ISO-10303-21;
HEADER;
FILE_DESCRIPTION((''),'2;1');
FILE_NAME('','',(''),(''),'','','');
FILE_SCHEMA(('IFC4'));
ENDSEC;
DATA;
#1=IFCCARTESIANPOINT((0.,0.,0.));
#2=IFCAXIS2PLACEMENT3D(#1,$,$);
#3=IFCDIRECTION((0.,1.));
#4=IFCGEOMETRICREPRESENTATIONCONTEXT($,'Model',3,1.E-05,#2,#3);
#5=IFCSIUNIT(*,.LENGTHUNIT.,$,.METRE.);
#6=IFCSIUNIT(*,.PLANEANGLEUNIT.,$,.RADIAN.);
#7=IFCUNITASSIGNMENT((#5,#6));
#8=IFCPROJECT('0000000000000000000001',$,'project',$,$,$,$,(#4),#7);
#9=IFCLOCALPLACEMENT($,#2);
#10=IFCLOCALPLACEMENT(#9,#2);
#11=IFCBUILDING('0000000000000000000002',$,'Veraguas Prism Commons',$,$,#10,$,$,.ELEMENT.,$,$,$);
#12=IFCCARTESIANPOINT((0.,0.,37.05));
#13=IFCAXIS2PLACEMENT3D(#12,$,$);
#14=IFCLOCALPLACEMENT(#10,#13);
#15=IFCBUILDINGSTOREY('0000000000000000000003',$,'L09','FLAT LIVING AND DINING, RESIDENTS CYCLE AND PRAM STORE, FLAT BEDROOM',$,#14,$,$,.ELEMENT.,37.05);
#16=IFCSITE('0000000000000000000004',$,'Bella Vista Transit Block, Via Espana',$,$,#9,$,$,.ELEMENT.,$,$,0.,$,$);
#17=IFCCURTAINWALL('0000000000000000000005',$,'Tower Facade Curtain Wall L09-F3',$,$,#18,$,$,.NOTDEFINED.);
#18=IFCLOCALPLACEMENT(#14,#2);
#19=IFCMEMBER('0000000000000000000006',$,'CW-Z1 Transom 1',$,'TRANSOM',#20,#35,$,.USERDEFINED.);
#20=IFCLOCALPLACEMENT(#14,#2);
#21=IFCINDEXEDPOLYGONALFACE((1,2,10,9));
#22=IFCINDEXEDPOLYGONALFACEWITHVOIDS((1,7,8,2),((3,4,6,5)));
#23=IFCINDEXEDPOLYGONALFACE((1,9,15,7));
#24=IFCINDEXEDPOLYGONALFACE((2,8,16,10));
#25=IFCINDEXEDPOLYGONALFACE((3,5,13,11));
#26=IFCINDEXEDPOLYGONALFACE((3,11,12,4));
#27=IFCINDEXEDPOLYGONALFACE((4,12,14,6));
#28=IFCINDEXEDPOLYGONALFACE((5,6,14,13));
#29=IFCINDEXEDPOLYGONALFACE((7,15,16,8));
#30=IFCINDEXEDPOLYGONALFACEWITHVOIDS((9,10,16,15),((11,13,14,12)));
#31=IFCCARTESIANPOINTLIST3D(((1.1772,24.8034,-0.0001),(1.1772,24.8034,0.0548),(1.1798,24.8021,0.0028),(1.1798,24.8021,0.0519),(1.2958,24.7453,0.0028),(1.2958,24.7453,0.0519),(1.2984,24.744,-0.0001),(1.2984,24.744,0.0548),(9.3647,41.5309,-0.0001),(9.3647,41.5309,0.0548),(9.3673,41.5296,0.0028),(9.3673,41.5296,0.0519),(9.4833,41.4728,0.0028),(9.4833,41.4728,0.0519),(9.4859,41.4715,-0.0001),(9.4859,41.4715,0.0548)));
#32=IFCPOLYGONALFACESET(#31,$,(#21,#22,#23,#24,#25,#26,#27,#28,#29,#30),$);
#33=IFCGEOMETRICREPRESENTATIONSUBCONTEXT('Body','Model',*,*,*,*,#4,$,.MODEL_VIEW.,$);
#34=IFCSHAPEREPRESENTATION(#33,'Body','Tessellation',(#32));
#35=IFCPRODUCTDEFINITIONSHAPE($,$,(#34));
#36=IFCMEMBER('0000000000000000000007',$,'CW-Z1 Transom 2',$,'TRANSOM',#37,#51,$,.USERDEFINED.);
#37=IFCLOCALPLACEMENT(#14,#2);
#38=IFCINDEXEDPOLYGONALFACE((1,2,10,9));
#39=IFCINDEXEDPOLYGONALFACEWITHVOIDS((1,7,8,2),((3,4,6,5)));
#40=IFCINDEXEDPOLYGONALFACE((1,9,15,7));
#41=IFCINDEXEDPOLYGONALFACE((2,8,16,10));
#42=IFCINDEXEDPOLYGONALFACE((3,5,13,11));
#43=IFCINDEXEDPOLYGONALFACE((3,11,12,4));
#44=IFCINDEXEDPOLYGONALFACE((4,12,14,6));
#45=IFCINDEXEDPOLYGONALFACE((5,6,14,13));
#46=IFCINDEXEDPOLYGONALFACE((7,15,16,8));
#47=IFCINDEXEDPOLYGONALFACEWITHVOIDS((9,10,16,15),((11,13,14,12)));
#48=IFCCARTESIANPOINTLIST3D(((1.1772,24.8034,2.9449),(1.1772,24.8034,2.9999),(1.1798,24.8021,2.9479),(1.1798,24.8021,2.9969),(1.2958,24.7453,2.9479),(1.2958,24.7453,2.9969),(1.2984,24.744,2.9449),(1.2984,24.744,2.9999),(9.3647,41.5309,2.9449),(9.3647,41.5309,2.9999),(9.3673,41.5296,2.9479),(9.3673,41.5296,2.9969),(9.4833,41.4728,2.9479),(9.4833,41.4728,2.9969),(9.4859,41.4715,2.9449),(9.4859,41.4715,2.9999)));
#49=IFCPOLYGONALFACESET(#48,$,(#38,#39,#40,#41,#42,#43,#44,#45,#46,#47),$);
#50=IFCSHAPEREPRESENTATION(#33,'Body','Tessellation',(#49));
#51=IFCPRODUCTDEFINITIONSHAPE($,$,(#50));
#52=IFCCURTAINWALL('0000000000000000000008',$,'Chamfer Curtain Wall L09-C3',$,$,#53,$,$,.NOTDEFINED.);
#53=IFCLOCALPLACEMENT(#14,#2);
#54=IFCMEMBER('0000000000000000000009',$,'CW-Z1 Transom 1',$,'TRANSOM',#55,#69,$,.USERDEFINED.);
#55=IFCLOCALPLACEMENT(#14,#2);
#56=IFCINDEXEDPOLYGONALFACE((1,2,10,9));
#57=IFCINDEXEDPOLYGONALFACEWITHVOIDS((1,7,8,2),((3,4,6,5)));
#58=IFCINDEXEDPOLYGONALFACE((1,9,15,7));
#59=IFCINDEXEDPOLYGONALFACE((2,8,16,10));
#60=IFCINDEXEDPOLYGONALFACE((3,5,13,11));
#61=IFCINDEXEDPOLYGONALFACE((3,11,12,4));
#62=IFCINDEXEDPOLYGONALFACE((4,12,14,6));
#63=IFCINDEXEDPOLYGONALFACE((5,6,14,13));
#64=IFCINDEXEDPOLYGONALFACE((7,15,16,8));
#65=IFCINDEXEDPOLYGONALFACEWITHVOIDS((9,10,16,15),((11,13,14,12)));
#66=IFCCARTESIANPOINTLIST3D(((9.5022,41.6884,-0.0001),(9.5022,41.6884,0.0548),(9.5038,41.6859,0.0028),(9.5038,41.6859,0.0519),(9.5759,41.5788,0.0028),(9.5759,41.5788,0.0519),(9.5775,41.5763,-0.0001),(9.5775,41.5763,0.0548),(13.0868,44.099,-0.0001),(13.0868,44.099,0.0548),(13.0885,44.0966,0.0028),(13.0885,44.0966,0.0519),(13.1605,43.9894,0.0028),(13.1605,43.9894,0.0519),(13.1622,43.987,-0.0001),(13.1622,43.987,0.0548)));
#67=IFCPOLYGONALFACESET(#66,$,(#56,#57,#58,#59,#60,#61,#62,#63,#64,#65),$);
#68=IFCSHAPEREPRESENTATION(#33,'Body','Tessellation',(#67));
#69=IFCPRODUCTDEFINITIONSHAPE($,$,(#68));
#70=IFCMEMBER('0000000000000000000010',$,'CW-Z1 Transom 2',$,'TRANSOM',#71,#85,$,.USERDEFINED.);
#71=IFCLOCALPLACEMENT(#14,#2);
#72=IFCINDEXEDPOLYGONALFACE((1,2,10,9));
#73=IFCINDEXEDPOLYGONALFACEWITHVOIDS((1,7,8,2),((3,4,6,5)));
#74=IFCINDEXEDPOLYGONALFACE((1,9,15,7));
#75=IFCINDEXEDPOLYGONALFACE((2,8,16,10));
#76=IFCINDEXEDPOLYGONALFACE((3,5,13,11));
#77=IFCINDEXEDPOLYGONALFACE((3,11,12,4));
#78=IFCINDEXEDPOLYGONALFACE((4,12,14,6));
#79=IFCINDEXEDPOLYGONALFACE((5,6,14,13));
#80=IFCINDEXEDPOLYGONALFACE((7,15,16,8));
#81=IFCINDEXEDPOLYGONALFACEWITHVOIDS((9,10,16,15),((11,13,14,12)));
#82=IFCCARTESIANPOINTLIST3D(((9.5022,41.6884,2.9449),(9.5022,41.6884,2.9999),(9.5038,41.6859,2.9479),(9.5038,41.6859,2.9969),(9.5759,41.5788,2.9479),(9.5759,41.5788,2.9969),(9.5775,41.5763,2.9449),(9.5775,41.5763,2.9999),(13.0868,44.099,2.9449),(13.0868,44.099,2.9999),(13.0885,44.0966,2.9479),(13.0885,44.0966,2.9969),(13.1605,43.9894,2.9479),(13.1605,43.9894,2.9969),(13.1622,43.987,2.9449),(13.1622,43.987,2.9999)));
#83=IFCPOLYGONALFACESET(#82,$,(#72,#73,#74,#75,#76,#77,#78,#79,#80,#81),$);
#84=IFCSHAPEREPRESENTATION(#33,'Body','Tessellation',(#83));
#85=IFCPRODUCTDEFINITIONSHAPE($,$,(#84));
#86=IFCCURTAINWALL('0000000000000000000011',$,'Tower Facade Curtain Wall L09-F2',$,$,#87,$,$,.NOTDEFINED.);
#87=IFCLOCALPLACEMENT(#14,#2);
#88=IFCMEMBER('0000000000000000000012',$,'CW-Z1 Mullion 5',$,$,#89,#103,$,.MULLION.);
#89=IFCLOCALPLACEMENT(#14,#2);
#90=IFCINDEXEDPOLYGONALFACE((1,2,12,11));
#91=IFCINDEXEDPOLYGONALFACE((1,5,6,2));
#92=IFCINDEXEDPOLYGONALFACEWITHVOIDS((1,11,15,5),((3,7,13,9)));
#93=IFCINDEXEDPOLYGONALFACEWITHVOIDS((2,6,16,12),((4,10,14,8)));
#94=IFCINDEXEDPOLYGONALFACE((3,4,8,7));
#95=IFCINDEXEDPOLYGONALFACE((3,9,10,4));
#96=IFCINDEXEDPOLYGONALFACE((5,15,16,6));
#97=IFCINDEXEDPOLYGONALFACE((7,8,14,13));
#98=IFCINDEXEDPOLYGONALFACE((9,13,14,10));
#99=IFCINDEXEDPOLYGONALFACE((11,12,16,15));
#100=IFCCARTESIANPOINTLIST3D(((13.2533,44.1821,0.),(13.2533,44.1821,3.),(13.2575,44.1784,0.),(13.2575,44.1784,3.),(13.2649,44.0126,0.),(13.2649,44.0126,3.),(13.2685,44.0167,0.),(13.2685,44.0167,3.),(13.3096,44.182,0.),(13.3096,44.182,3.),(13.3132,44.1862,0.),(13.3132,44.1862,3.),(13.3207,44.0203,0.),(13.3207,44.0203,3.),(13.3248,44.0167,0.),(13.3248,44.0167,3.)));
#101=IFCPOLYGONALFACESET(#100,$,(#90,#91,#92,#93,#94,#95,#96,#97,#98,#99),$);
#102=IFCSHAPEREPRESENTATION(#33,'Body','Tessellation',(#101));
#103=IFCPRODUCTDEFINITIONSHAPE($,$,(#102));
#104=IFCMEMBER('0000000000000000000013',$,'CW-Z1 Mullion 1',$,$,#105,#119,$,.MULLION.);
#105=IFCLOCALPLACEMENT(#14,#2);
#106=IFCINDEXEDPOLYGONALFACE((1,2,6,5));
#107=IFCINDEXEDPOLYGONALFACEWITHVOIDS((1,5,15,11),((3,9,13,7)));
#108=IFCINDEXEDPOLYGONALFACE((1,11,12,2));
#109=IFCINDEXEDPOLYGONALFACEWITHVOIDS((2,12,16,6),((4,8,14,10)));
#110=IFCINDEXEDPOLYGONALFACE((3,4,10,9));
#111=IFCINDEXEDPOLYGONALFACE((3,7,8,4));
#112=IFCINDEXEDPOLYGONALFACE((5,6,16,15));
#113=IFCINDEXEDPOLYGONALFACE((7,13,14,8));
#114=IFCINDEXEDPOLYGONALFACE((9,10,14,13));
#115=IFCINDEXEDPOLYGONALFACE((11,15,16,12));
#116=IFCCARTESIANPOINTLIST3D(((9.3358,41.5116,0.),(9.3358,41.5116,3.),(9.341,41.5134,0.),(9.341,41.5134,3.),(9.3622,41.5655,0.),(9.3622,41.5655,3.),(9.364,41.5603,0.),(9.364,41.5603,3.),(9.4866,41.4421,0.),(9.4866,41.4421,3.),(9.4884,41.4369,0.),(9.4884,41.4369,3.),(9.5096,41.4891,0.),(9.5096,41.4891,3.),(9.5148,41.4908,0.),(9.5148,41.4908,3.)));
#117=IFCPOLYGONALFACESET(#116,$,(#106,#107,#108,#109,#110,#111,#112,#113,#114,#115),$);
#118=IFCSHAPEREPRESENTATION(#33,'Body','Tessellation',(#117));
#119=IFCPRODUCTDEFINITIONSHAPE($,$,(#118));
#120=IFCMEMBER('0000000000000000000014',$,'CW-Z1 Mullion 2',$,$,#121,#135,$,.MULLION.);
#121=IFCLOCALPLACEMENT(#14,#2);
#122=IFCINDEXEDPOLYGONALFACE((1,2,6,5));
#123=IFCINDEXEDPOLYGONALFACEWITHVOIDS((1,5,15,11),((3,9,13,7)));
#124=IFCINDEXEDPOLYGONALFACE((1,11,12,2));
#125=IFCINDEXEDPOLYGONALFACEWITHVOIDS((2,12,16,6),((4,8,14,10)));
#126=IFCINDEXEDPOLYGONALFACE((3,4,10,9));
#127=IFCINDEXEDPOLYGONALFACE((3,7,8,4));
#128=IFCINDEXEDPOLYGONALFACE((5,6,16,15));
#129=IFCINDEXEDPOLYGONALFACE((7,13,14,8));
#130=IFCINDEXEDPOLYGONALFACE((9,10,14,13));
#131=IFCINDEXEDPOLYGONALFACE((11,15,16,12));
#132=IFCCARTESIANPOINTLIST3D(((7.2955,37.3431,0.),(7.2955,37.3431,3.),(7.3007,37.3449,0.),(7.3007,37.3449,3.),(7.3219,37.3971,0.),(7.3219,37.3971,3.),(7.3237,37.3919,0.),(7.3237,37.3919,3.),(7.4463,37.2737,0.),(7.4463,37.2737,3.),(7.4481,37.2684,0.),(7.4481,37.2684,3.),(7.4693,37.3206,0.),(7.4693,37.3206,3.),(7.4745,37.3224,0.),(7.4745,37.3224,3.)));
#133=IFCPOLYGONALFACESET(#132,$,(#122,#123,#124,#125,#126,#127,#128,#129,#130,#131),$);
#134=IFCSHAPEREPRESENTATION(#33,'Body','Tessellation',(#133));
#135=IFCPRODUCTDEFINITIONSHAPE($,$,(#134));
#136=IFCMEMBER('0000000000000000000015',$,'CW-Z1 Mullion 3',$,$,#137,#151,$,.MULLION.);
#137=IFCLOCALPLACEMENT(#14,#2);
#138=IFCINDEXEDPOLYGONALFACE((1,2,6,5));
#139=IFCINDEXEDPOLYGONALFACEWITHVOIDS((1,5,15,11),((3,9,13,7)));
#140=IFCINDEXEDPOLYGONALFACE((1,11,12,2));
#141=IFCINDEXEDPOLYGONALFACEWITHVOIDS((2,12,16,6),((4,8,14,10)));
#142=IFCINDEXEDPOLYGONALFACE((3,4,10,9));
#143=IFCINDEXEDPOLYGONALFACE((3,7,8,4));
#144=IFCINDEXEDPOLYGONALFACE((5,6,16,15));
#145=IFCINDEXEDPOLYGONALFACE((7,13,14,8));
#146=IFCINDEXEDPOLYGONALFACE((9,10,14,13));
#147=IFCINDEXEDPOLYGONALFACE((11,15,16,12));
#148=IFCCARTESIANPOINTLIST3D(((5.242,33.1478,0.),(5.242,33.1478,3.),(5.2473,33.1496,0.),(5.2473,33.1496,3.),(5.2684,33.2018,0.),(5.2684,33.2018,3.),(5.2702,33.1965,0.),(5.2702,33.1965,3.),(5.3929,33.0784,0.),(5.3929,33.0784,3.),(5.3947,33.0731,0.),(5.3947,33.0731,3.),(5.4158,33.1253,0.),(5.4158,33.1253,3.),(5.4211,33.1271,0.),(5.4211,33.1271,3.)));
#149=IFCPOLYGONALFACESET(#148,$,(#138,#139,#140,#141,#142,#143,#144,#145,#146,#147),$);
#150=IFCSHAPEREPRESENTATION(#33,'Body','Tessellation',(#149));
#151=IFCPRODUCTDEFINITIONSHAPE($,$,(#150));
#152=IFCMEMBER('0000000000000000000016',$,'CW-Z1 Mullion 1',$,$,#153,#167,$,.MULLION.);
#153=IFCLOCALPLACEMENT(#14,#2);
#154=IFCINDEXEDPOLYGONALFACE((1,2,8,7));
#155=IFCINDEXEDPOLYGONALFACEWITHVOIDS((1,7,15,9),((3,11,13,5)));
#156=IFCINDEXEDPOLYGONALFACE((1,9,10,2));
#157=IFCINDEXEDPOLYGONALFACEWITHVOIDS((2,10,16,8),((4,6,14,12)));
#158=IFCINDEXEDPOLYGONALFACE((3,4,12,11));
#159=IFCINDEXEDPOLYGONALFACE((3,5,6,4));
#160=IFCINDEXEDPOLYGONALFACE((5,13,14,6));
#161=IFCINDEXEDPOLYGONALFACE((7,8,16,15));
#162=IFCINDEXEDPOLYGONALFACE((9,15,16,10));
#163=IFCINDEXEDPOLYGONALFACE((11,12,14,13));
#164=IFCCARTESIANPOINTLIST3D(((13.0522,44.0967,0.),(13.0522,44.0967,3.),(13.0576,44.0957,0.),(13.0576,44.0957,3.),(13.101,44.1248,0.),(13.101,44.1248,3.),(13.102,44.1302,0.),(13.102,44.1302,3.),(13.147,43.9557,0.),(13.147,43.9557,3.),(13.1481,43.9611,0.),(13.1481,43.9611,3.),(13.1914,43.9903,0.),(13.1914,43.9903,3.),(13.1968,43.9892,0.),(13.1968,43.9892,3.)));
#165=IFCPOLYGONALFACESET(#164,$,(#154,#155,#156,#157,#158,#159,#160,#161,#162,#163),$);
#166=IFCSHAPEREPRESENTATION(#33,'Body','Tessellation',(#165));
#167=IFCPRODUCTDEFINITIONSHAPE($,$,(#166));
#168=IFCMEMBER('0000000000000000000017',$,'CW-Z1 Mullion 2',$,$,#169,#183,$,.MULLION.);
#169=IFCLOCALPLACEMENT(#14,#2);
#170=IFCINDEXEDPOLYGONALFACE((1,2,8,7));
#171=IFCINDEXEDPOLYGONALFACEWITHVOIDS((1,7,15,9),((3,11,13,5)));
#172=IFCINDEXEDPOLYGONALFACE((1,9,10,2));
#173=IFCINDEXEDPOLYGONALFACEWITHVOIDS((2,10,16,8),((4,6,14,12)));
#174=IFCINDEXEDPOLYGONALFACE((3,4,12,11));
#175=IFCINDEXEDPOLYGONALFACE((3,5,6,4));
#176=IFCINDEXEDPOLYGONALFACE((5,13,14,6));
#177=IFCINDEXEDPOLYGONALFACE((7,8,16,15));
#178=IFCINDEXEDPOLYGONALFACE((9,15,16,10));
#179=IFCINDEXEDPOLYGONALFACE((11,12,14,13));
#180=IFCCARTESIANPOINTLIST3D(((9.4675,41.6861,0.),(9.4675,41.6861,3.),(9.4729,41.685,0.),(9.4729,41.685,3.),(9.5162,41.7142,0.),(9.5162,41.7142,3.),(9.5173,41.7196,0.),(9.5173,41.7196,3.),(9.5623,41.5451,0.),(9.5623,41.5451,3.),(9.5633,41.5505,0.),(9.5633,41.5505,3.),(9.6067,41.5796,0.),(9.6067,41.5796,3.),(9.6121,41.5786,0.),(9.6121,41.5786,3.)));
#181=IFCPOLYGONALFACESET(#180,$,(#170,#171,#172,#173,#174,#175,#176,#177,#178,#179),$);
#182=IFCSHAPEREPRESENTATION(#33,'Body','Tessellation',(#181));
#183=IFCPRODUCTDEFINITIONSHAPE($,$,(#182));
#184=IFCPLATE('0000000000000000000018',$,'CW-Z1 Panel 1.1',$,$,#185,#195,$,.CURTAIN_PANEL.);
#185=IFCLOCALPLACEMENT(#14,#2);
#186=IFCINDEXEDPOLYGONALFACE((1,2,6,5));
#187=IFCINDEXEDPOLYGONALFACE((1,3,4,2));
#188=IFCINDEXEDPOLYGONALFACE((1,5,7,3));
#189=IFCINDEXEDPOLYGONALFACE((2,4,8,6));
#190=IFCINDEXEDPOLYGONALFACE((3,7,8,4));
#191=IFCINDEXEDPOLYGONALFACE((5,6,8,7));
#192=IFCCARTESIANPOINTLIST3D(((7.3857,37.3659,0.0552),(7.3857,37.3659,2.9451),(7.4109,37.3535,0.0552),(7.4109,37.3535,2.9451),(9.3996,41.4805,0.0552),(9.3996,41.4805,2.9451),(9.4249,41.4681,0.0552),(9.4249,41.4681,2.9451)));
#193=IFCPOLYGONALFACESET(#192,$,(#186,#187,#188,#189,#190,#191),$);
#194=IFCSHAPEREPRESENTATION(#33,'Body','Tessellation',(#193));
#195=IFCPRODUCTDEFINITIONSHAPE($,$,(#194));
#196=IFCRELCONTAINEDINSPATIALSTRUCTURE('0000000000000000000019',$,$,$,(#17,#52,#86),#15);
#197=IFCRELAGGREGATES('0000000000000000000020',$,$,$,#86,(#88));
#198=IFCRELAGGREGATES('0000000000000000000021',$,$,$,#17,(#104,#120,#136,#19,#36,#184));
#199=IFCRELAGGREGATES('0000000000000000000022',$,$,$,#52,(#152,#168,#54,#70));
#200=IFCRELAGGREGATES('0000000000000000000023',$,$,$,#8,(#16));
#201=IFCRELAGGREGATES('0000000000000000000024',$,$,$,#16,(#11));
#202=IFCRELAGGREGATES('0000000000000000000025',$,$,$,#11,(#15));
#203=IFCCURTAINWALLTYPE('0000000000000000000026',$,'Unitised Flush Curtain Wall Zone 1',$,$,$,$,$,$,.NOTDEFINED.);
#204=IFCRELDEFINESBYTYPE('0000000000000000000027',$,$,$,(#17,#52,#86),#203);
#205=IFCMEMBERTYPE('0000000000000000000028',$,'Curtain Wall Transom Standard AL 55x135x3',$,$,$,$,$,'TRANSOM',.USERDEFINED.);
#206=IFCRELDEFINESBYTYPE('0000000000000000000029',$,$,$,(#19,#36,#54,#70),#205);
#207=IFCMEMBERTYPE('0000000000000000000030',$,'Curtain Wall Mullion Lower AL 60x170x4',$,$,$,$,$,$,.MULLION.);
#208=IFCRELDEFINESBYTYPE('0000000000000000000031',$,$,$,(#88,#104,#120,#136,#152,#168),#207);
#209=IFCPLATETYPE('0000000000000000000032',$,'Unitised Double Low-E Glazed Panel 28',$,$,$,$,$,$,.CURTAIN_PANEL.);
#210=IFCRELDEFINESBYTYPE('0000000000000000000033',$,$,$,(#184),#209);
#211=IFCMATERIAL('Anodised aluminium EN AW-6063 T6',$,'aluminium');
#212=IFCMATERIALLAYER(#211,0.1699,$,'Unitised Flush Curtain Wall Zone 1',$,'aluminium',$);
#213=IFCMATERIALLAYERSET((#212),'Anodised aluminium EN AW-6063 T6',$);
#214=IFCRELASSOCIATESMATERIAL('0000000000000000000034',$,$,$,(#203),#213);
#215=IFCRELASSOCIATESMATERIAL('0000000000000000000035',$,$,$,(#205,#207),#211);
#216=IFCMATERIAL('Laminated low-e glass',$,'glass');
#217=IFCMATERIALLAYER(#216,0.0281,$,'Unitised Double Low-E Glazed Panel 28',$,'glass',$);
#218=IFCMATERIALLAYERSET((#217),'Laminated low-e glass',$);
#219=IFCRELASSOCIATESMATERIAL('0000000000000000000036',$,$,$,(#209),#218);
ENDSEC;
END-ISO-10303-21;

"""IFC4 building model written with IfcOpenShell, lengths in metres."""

from ifc_helpers import new_model, si_unit, direction, frame, origin, origin_2d, place, context, subcontext, project, spatial, rectangle, hollow_rectangle, extrude, source, transform, mapped, material, layer, layer_set, material_profile, profile_set, type_object, element, aggregate, save


model = new_model("IFC4")

# Units and contexts
model_context = context("Model", 3, precision=1e-05, world=origin(), true_north=direction((0.0, 1.0)))
body_context = subcontext(model_context, "Body", "Model", "MODEL_VIEW")
ifc_project = project(units=[si_unit("LENGTHUNIT", "METRE"), si_unit("PLANEANGLEUNIT", "RADIAN")], contexts=[model_context])

# Site, building, storey
site_placement = place(None, origin())
site = spatial("IfcSite", under=ifc_project, at=site_placement, Name="Bella Vista Transit Block, Via Espana", CompositionType="ELEMENT", RefElevation=0.0)
building_placement = place(site_placement, origin())
building = spatial("IfcBuilding", under=site, at=building_placement, Name="Veraguas Prism Commons", CompositionType="ELEMENT")
storey_placement = place(building_placement, frame((0.0, 0.0, 37.05)))
storey = spatial("IfcBuildingStorey", under=building, at=storey_placement, Name="L09", Description="FLAT LIVING AND DINING, RESIDENTS CYCLE AND PRAM STORE, FLAT BEDROOM", CompositionType="ELEMENT", Elevation=37.05)

# Curtain walls, members
ifc_material_1 = material(Name="Anodised aluminium EN AW-6063 T6", Category="aluminium")
ifc_layer_1 = layer(ifc_material_1, 0.1699, Name="Unitised Flush Curtain Wall Zone 1", Category="aluminium")
ifc_layer_set_1 = layer_set([ifc_layer_1], Name="Anodised aluminium EN AW-6063 T6")
curtain_wall_type = type_object("IfcCurtainWallType", Name="Unitised Flush Curtain Wall Zone 1", PredefinedType="NOTDEFINED", material=ifc_layer_set_1)
curtain_wall_1_placement = place(storey_placement, origin())
curtain_wall_1 = element("IfcCurtainWall", 1, at=curtain_wall_1_placement, inside=storey, type_object=curtain_wall_type, Name="Tower Facade Curtain Wall L09-F3", PredefinedType="NOTDEFINED")
ifc_material_profile_1 = material_profile(ifc_material_1, hollow_rectangle(XDim=0.0549, YDim=0.135, WallThickness=0.0029, at=origin_2d()), Name="AL55X135X3")
ifc_profile_set_1 = profile_set([ifc_material_profile_1], Name="Anodised aluminium EN AW-6063 T6")
member_type_1 = type_object("IfcMemberType", Name="Curtain Wall Transom Standard AL 55x135x3", ElementType="TRANSOM", PredefinedType="USERDEFINED", material=ifc_profile_set_1)
shared_shape_1 = source(origin(), body_context, "Body", "SweptSolid", [
    extrude(hollow_rectangle(XDim=0.0549, YDim=0.135, WallThickness=0.0029, at=origin_2d()), origin(), (0.0, 0.0, 1.0), 18.6238),
])
member_1_placement = place(storey_placement, frame((9.4253, 41.5012, 0.0273), z_axis=(-0.439626, -0.898181, 0.0), x_axis=(0.0, 0.0, 1.0)))
member_1 = element("IfcMember", 2, at=member_1_placement, type_object=member_type_1, Name="CW-Z1 Transom 1", ObjectType="TRANSOM", PredefinedType="USERDEFINED", context=body_context, shape_type="MappedRepresentation", body=[
    mapped(shared_shape_1, transform((0.0, 0.0, 0.0), scale=1.0)),
])
member_2_placement = place(storey_placement, frame((9.4253, 41.5012, 2.9724), z_axis=(-0.439626, -0.898181, 0.0), x_axis=(0.0, 0.0, 1.0)))
member_2 = element("IfcMember", 3, at=member_2_placement, type_object=member_type_1, Name="CW-Z1 Transom 2", ObjectType="TRANSOM", PredefinedType="USERDEFINED", context=body_context, shape_type="MappedRepresentation", body=[
    mapped(shared_shape_1, transform((0.0, 0.0, 0.0), scale=1.0)),
])
curtain_wall_2_placement = place(storey_placement, origin())
curtain_wall_2 = element("IfcCurtainWall", 4, at=curtain_wall_2_placement, inside=storey, type_object=curtain_wall_type, Name="Chamfer Curtain Wall L09-C3", PredefinedType="NOTDEFINED")
shared_shape_2 = source(origin(), body_context, "Body", "SweptSolid", [
    extrude(hollow_rectangle(XDim=0.0549, YDim=0.135, WallThickness=0.0029, at=origin_2d()), origin(), (0.0, 0.0, 1.0), 4.3198),
])
member_3_placement = place(storey_placement, frame((13.1245, 44.043, 0.0273), z_axis=(-0.829818, -0.558034, 0.0), x_axis=(0.0, 0.0, 1.0)))
member_3 = element("IfcMember", 5, at=member_3_placement, type_object=member_type_1, Name="CW-Z1 Transom 1", ObjectType="TRANSOM", PredefinedType="USERDEFINED", context=body_context, shape_type="MappedRepresentation", body=[
    mapped(shared_shape_2, transform((0.0, 0.0, 0.0), scale=1.0)),
])
member_4_placement = place(storey_placement, frame((13.1245, 44.043, 2.9724), z_axis=(-0.829818, -0.558034, 0.0), x_axis=(0.0, 0.0, 1.0)))
member_4 = element("IfcMember", 6, at=member_4_placement, type_object=member_type_1, Name="CW-Z1 Transom 2", ObjectType="TRANSOM", PredefinedType="USERDEFINED", context=body_context, shape_type="MappedRepresentation", body=[
    mapped(shared_shape_2, transform((0.0, 0.0, 0.0), scale=1.0)),
])

# Curtain wall, member
curtain_wall_3_placement = place(storey_placement, origin())
curtain_wall_3 = element("IfcCurtainWall", 7, at=curtain_wall_3_placement, inside=storey, type_object=curtain_wall_type, Name="Tower Facade Curtain Wall L09-F2", PredefinedType="NOTDEFINED")
ifc_material_profile_2 = material_profile(ifc_material_1, hollow_rectangle(XDim=0.0601, YDim=0.1699, WallThickness=0.0039, at=origin_2d()), Name="AL60X170X4")
ifc_profile_set_2 = profile_set([ifc_material_profile_2], Name="Anodised aluminium EN AW-6063 T6")
member_type_2 = type_object("IfcMemberType", Name="Curtain Wall Mullion Lower AL 60x170x4", PredefinedType="MULLION", material=ifc_profile_set_2)
shared_shape_3 = source(origin(), body_context, "Body", "SweptSolid", [
    extrude(hollow_rectangle(XDim=0.0601, YDim=0.1699, WallThickness=0.0039, at=origin_2d()), origin(), (0.0, 0.0, 1.0), 3.0),
])
member_5_placement = place(storey_placement, frame((13.2891, 44.0994, 0.0), z_axis=(0.0, 0.0, 1.0), x_axis=(-0.99766, -0.068364, 0.0)))
member_5 = element("IfcMember", 8, at=member_5_placement, type_object=member_type_2, Name="CW-Z1 Mullion 5", PredefinedType="MULLION", context=body_context, shape_type="MappedRepresentation", body=[
    mapped(shared_shape_3, transform((0.0, 0.0, 0.0), scale=1.0)),
])
aggregate(curtain_wall_3, [member_5])

# Members
member_6_placement = place(storey_placement, frame((9.4253, 41.5012, 0.0), z_axis=(0.0, 0.0, 1.0), x_axis=(-0.439626, -0.898181, 0.0)))
member_6 = element("IfcMember", 9, at=member_6_placement, type_object=member_type_2, Name="CW-Z1 Mullion 1", PredefinedType="MULLION", context=body_context, shape_type="MappedRepresentation", body=[
    mapped(shared_shape_3, transform((0.0, 0.0, 0.0), scale=1.0)),
])
member_7_placement = place(storey_placement, frame((7.385, 37.3328, 0.0), z_axis=(0.0, 0.0, 1.0), x_axis=(-0.439626, -0.898181, 0.0)))
member_7 = element("IfcMember", 10, at=member_7_placement, type_object=member_type_2, Name="CW-Z1 Mullion 2", PredefinedType="MULLION", context=body_context, shape_type="MappedRepresentation", body=[
    mapped(shared_shape_3, transform((0.0, 0.0, 0.0), scale=1.0)),
])
member_8_placement = place(storey_placement, frame((5.3315, 33.1375, 0.0), z_axis=(0.0, 0.0, 1.0), x_axis=(-0.439626, -0.898181, 0.0)))
member_8 = element("IfcMember", 11, at=member_8_placement, type_object=member_type_2, Name="CW-Z1 Mullion 3", PredefinedType="MULLION", context=body_context, shape_type="MappedRepresentation", body=[
    mapped(shared_shape_3, transform((0.0, 0.0, 0.0), scale=1.0)),
])
member_9_placement = place(storey_placement, frame((13.1245, 44.043, 0.0), z_axis=(0.0, 0.0, 1.0), x_axis=(-0.829827, -0.55802, 0.0)))
member_9 = element("IfcMember", 12, at=member_9_placement, type_object=member_type_2, Name="CW-Z1 Mullion 1", PredefinedType="MULLION", context=body_context, shape_type="MappedRepresentation", body=[
    mapped(shared_shape_3, transform((0.0, 0.0, 0.0), scale=1.0)),
])
member_10_placement = place(storey_placement, frame((9.5398, 41.6323, 0.0), z_axis=(0.0, 0.0, 1.0), x_axis=(-0.829827, -0.55802, 0.0)))
member_10 = element("IfcMember", 13, at=member_10_placement, type_object=member_type_2, Name="CW-Z1 Mullion 2", PredefinedType="MULLION", context=body_context, shape_type="MappedRepresentation", body=[
    mapped(shared_shape_3, transform((0.0, 0.0, 0.0), scale=1.0)),
])

# Plate
ifc_material_2 = material(Name="Laminated low-e glass", Category="glass")
ifc_layer_2 = layer(ifc_material_2, 0.0281, Name="Unitised Double Low-E Glazed Panel 28", Category="glass")
ifc_layer_set_2 = layer_set([ifc_layer_2], Name="Laminated low-e glass")
plate_type = type_object("IfcPlateType", Name="Unitised Double Low-E Glazed Panel 28", PredefinedType="CURTAIN_PANEL", material=ifc_layer_set_2)
shared_shape_4 = source(origin(), body_context, "Body", "SweptSolid", [
    extrude(rectangle(XDim=4.5811, YDim=0.0281, at=origin_2d()), origin(), (0.0, 0.0, 1.0), 2.8899),
])
plate_1_placement = place(storey_placement, frame((8.4053, 39.417, 0.0552), z_axis=(0.0, 0.0, 1.0), x_axis=(-0.439626, -0.898181, 0.0)))
plate_1 = element("IfcPlate", 14, at=plate_1_placement, type_object=plate_type, Name="CW-Z1 Panel 1.1", PredefinedType="CURTAIN_PANEL", context=body_context, shape_type="MappedRepresentation", body=[
    mapped(shared_shape_4, transform((0.0, 0.0, 0.0), scale=1.0)),
])
aggregate(curtain_wall_1, [member_6, member_7, member_8, member_1, member_2, plate_1])
aggregate(curtain_wall_2, [member_9, member_10, member_3, member_4])

save(model, "model.ifc")
